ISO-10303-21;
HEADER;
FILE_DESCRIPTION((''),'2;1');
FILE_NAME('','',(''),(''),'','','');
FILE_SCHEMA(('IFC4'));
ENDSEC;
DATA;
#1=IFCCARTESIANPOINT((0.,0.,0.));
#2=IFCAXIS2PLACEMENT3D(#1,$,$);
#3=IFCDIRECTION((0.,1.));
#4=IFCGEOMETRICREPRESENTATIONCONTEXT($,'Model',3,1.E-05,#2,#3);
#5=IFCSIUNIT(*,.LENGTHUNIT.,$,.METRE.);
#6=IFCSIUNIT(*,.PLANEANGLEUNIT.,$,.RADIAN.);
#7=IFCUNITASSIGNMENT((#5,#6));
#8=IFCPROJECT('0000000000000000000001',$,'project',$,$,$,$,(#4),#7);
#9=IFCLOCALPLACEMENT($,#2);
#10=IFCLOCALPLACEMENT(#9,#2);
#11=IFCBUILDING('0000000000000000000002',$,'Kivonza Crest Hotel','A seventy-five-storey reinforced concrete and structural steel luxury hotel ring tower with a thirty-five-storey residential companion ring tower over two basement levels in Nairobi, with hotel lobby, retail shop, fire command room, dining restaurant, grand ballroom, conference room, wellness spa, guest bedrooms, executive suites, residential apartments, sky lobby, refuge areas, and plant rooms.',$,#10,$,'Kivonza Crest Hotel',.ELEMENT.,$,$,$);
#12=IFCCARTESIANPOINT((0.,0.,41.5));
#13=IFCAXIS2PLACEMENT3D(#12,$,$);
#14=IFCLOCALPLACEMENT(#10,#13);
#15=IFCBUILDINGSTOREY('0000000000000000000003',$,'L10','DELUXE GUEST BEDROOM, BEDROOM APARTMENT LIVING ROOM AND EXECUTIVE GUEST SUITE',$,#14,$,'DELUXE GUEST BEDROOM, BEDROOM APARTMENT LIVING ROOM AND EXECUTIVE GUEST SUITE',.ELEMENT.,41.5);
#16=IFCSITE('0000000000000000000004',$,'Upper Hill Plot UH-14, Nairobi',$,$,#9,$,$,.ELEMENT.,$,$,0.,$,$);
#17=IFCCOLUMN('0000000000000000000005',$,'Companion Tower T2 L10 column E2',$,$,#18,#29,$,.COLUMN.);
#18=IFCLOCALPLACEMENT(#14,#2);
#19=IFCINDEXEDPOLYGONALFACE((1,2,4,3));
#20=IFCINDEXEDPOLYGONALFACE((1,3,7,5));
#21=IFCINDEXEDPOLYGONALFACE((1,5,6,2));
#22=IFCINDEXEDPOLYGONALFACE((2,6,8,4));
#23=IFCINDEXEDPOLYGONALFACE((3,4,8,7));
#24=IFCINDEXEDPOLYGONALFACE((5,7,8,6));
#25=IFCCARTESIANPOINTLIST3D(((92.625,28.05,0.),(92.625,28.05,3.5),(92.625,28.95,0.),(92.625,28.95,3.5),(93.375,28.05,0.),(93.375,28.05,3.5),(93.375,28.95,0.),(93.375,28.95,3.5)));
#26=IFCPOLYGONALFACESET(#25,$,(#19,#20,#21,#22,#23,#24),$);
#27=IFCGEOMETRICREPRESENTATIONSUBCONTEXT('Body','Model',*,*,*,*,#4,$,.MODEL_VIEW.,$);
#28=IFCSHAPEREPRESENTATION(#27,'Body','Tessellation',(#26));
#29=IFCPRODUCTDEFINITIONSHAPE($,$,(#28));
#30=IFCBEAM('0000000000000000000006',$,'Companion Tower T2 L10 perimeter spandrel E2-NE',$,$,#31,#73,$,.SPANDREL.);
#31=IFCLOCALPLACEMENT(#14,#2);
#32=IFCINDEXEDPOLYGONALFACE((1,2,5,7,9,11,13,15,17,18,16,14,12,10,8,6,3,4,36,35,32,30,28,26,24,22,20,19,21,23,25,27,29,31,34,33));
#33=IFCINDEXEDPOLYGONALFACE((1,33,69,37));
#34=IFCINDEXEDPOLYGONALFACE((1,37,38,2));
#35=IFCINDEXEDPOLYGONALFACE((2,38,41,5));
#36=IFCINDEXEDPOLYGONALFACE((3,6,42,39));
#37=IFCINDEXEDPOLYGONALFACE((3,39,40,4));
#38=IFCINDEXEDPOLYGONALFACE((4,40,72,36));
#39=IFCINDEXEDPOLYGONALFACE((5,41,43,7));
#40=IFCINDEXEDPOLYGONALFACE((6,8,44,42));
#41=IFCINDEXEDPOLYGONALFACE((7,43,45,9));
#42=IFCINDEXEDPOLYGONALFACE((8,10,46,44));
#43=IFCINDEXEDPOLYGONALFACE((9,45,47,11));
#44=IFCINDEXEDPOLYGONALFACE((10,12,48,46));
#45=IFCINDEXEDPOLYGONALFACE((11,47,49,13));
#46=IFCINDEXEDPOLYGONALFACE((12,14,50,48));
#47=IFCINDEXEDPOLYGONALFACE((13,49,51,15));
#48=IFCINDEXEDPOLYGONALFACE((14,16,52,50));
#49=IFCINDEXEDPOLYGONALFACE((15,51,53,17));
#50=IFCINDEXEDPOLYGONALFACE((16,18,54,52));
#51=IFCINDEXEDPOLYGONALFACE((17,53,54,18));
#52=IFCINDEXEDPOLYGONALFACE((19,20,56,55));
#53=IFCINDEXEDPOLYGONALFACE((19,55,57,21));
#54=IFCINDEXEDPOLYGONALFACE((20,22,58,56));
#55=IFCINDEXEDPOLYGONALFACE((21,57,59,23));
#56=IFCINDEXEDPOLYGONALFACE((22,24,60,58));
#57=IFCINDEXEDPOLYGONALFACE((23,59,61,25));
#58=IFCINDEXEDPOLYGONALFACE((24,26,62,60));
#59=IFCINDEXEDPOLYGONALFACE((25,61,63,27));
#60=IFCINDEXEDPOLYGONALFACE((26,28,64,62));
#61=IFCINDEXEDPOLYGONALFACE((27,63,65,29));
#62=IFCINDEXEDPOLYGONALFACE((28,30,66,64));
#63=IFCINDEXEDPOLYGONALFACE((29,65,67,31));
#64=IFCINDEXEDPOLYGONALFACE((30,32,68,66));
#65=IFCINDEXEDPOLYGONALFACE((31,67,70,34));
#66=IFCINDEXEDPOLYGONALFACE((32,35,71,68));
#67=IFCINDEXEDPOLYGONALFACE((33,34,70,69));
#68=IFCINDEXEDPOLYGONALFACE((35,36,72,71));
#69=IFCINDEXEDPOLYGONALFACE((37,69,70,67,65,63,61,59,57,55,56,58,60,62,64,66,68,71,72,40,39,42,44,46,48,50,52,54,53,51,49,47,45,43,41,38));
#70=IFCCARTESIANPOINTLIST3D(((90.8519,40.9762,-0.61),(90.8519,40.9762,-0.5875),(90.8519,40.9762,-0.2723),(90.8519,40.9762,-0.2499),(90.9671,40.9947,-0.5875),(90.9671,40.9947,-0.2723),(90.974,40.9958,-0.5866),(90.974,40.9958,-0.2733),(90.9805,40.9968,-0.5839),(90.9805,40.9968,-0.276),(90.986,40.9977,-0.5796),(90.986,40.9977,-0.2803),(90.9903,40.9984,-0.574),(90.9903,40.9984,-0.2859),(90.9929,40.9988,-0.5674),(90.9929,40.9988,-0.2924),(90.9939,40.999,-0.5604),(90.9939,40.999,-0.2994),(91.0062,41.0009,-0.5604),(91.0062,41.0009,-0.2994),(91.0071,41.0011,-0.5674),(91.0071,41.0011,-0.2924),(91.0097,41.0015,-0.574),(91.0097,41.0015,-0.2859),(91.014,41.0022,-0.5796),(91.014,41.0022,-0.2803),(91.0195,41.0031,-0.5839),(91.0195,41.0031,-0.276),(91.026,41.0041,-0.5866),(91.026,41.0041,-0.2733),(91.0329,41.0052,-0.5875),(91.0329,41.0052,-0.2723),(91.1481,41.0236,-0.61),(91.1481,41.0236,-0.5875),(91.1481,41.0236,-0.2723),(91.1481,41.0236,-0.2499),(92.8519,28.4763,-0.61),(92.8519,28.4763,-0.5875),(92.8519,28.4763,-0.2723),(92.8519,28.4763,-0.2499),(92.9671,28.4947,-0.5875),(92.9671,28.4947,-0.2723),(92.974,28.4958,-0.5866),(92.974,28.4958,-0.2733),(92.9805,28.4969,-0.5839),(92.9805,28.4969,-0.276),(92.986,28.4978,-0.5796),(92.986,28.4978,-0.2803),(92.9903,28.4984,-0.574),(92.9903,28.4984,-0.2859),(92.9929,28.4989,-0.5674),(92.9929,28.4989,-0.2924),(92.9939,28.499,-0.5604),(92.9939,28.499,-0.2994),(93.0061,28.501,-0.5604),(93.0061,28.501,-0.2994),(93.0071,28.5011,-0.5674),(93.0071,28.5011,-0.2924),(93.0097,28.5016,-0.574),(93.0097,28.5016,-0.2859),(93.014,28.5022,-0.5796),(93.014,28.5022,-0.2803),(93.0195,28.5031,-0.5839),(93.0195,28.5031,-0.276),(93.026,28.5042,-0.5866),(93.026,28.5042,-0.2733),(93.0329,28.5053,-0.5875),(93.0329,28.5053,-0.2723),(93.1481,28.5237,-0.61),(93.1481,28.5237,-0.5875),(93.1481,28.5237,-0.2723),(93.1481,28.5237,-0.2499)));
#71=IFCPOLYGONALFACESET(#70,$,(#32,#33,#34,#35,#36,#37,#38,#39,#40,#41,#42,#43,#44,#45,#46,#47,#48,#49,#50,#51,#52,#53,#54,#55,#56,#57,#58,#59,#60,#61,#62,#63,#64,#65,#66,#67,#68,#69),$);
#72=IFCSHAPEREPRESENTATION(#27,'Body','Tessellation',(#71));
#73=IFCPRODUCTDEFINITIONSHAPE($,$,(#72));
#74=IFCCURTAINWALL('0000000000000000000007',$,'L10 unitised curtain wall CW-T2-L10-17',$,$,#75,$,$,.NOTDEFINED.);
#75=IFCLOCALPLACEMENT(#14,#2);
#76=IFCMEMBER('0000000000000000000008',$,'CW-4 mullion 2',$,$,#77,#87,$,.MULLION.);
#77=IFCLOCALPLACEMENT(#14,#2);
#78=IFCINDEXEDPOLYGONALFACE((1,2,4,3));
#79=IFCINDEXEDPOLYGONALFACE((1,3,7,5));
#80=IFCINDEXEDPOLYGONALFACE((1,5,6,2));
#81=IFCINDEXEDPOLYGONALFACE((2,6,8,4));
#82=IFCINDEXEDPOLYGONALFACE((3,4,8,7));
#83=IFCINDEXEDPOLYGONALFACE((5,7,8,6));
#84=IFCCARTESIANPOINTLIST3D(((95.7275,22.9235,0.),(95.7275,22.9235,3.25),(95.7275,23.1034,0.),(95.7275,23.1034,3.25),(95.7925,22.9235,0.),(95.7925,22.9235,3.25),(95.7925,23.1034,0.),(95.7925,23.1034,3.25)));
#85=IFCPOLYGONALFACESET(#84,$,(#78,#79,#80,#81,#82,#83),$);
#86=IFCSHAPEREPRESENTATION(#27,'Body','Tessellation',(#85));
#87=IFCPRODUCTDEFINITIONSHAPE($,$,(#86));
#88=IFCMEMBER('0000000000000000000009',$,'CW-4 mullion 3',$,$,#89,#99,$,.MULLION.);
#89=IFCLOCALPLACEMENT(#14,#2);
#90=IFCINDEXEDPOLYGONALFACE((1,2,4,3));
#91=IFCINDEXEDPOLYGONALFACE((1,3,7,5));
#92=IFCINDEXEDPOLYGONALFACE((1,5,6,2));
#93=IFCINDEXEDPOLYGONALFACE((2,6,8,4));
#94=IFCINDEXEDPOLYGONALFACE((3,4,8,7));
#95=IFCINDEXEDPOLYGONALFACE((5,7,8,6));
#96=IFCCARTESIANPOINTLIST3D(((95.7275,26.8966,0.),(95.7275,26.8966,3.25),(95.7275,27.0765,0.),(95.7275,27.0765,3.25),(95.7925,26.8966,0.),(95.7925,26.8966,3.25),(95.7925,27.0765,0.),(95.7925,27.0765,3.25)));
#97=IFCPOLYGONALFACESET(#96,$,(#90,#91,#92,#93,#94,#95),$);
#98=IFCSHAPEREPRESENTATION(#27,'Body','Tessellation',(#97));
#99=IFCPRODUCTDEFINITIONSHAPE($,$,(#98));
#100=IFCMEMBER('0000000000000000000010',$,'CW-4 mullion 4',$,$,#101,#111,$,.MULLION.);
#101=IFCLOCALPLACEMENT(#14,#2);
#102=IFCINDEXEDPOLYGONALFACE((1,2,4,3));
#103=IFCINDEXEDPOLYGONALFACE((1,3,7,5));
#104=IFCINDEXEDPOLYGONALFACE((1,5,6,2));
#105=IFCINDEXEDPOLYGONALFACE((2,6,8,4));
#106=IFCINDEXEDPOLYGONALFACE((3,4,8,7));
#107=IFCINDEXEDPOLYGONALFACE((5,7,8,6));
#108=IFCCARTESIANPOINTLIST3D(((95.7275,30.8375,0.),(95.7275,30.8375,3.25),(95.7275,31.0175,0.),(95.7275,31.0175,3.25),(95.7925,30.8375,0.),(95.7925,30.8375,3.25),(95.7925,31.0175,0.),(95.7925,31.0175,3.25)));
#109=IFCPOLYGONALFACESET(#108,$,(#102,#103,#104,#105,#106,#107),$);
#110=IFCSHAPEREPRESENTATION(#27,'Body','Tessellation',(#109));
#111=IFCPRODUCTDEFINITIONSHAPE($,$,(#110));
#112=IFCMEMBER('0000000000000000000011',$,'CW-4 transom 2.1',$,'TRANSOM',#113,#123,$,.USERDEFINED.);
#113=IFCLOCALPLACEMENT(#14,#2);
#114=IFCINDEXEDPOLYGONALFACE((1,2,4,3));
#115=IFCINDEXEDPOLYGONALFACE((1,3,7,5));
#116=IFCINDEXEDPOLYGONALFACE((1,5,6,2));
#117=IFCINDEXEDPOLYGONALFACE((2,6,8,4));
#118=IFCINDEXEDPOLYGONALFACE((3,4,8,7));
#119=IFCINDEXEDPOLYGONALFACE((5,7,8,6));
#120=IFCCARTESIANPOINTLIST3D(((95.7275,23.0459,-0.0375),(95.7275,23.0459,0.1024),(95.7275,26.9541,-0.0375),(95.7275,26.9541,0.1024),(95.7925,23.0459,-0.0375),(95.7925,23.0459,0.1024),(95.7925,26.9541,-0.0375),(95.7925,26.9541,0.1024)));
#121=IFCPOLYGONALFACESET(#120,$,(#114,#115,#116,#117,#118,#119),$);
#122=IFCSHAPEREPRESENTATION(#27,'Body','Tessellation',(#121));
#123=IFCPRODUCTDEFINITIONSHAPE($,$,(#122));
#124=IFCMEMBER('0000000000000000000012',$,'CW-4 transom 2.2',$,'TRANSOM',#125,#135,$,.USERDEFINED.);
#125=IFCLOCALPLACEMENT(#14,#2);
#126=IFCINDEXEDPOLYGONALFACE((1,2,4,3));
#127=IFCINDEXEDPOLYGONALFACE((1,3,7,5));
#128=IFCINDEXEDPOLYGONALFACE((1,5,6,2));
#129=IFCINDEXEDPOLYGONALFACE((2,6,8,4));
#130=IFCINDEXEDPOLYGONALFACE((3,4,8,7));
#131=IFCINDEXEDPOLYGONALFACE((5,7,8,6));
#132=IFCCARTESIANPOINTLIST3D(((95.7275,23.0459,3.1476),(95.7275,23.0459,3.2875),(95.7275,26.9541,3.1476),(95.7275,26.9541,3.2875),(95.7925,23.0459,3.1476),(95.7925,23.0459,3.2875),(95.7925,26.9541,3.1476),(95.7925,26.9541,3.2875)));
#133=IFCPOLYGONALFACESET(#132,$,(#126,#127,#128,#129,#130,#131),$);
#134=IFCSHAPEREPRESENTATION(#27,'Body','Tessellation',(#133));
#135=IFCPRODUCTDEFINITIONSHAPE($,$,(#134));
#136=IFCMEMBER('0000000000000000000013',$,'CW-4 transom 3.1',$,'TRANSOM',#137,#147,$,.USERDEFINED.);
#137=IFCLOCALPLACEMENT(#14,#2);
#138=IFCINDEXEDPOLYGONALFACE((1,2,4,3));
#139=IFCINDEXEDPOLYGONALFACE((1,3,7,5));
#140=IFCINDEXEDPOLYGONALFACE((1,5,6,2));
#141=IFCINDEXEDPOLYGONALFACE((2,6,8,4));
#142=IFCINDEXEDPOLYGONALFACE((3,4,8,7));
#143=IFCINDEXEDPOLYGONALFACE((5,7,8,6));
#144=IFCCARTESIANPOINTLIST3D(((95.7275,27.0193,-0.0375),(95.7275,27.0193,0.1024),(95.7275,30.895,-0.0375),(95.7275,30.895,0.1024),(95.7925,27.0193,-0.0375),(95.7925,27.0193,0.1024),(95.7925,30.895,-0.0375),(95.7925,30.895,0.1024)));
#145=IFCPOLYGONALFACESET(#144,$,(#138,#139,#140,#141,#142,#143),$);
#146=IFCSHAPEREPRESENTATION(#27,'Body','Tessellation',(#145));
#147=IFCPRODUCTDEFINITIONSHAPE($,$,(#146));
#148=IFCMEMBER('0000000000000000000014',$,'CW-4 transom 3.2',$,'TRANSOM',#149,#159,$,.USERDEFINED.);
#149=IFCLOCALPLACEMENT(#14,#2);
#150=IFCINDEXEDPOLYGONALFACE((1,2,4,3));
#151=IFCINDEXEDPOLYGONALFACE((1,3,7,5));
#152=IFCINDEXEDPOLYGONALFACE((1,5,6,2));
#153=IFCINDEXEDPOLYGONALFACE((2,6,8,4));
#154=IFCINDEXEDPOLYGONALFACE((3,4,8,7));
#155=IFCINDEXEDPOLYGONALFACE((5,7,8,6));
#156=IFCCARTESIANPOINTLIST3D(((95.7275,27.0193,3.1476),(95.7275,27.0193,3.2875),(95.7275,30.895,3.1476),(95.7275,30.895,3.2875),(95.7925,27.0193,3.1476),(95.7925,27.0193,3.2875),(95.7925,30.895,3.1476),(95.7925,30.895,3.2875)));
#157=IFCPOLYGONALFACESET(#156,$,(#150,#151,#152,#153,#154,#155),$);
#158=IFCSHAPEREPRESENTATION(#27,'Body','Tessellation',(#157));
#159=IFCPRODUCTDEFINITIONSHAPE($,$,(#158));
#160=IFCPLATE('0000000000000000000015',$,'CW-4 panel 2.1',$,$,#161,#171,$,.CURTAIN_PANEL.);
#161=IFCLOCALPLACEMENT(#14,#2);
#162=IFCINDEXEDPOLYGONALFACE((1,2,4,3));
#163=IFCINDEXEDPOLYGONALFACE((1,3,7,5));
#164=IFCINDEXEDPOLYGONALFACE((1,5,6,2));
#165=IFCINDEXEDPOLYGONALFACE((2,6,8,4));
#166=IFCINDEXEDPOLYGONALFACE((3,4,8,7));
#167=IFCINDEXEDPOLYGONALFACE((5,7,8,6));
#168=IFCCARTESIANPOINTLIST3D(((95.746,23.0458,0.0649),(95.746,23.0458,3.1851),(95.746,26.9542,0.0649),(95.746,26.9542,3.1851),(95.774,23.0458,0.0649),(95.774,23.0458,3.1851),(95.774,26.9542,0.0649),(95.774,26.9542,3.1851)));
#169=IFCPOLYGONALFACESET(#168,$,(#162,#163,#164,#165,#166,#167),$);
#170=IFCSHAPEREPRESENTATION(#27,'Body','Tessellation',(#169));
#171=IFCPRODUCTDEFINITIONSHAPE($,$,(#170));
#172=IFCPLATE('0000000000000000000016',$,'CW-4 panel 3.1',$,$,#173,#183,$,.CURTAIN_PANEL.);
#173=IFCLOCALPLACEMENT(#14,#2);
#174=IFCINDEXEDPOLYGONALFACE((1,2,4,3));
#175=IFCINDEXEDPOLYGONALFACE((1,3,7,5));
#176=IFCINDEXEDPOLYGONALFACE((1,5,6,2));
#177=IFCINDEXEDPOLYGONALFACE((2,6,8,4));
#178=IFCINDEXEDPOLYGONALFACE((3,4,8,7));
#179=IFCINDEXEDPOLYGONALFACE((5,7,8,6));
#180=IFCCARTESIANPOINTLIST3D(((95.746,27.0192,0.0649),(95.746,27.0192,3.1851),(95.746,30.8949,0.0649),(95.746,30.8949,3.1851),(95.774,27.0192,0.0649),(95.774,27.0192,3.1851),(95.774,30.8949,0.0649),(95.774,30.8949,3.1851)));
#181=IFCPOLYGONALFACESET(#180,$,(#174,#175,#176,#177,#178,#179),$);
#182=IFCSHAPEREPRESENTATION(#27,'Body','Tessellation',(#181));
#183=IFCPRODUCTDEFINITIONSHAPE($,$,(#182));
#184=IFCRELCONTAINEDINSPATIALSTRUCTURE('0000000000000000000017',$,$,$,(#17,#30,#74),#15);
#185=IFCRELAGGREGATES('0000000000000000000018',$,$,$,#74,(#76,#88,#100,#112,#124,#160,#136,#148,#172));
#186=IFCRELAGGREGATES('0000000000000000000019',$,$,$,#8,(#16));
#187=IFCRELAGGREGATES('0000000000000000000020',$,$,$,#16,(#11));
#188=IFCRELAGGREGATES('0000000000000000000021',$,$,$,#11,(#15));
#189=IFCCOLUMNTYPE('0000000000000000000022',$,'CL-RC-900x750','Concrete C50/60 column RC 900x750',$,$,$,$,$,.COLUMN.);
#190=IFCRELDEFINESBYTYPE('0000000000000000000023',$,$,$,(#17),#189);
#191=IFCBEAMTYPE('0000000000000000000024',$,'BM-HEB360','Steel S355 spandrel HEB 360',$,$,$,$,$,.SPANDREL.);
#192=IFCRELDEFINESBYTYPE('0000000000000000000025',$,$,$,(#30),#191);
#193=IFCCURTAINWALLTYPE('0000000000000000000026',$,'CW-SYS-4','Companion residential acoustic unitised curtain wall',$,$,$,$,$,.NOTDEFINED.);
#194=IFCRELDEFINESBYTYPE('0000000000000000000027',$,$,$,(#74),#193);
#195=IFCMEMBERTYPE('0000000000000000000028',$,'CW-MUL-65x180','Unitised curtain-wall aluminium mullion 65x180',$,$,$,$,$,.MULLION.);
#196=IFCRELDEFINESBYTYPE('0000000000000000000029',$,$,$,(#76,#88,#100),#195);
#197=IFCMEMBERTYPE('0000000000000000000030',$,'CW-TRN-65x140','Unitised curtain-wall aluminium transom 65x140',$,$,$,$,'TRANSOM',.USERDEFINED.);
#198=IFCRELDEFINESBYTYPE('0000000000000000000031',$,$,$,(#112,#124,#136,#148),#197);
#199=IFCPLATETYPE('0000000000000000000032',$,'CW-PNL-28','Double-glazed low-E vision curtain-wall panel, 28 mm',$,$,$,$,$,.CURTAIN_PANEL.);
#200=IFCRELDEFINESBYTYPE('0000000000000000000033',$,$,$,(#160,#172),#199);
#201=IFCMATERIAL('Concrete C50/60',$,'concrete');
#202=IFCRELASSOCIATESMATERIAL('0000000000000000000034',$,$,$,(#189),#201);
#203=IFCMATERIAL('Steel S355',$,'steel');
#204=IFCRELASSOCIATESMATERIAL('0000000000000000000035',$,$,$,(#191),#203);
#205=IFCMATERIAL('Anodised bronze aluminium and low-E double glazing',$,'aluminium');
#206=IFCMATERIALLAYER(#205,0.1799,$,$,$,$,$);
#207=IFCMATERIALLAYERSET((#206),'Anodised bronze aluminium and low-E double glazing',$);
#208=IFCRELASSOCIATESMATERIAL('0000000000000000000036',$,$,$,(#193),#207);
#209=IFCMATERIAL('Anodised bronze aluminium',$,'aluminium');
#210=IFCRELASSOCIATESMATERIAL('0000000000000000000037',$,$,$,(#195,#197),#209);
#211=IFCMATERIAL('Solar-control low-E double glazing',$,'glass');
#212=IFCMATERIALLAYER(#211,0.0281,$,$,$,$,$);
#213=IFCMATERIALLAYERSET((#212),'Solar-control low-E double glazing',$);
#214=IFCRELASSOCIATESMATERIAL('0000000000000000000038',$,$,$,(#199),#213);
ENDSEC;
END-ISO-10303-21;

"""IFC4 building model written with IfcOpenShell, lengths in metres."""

from ifc_helpers import new_model, si_unit, direction, frame, origin, origin_2d, place, context, subcontext, project, spatial, rectangle, i_section, extrude, material, layer, layer_set, material_profile, profile_set, type_object, element, aggregate, save


model = new_model("IFC4")

# Units and contexts
model_context = context("Model", 3, precision=1e-05, world=origin(), true_north=direction((0.0, 1.0)))
body_context = subcontext(model_context, "Body", "Model", "MODEL_VIEW")
ifc_project = project(units=[si_unit("LENGTHUNIT", "METRE"), si_unit("PLANEANGLEUNIT", "RADIAN")], contexts=[model_context])

# Site, building, storey
site_placement = place(None, origin())
site = spatial("IfcSite", under=ifc_project, at=site_placement, Name="Upper Hill Plot UH-14, Nairobi", CompositionType="ELEMENT", RefElevation=0.0)
building_placement = place(site_placement, origin())
building = spatial("IfcBuilding", under=site, at=building_placement, Name="Kivonza Crest Hotel", Description="A seventy-five-storey reinforced concrete and structural steel luxury hotel ring tower with a thirty-five-storey residential companion ring tower over two basement levels in Nairobi, with hotel lobby, retail shop, fire command room, dining restaurant, grand ballroom, conference room, wellness spa, guest bedrooms, executive suites, residential apartments, sky lobby, refuge areas, and plant rooms.", LongName="Kivonza Crest Hotel", CompositionType="ELEMENT")
storey_placement = place(building_placement, frame((0.0, 0.0, 41.5)))
storey = spatial("IfcBuildingStorey", under=building, at=storey_placement, Name="L10", Description="DELUXE GUEST BEDROOM, BEDROOM APARTMENT LIVING ROOM AND EXECUTIVE GUEST SUITE", LongName="DELUXE GUEST BEDROOM, BEDROOM APARTMENT LIVING ROOM AND EXECUTIVE GUEST SUITE", CompositionType="ELEMENT", Elevation=41.5)

# Column
ifc_material_1 = material(Name="Concrete C50/60", Category="concrete")
ifc_material_profile_1 = material_profile(ifc_material_1, rectangle(XDim=0.75, YDim=0.8999, at=origin_2d()), Name="RC 900x750")
ifc_profile_set_1 = profile_set([ifc_material_profile_1], Name="Concrete C50/60")
column_type = type_object("IfcColumnType", Name="CL-RC-900x750", Description="Concrete C50/60 column RC 900x750", PredefinedType="COLUMN", material=ifc_profile_set_1)
column_placement = place(storey_placement, frame((93.0, 28.5, 0.0), z_axis=(0.0, 0.0, 1.0), x_axis=(1.0, 0.0, 0.0)))
element("IfcColumn", 1, at=column_placement, inside=storey, type_object=column_type, Name="Companion Tower T2 L10 column E2", PredefinedType="COLUMN", context=body_context, shape_type="SweptSolid", body=[
    extrude(rectangle(XDim=0.75, YDim=0.8999, at=origin_2d()), origin(), (0.0, 0.0, 1.0), 3.5),
])

# Beam
ifc_material_2 = material(Name="Steel S355", Category="steel")
ifc_material_profile_2 = material_profile(ifc_material_2, i_section(OverallWidth=0.3, OverallDepth=0.3601, WebThickness=0.0125, FlangeThickness=0.0225, FilletRadius=0.0271, at=origin_2d()), Name="HEB 360")
ifc_profile_set_2 = profile_set([ifc_material_profile_2], Name="Steel S355")
beam_type = type_object("IfcBeamType", Name="BM-HEB360", Description="Steel S355 spandrel HEB 360", PredefinedType="SPANDREL", material=ifc_profile_set_2)
beam_placement = place(storey_placement, frame((93.0, 28.5, -0.4299), z_axis=(-0.157991, 0.987441, 0.0), x_axis=(-0.987441, -0.157991, 0.0)))
element("IfcBeam", 2, at=beam_placement, inside=storey, type_object=beam_type, Name="Companion Tower T2 L10 perimeter spandrel E2-NE", PredefinedType="SPANDREL", context=body_context, shape_type="SweptSolid", body=[
    extrude(i_section(OverallWidth=0.3, OverallDepth=0.3601, WebThickness=0.0125, FlangeThickness=0.0225, FilletRadius=0.0271, at=origin_2d()), origin(), (0.0, 0.0, 1.0), 12.6589),
])

# Curtain wall, members, plates
ifc_material_3 = material(Name="Anodised bronze aluminium and low-E double glazing", Category="aluminium")
ifc_layer_1 = layer(ifc_material_3, 0.1799)
ifc_layer_set_1 = layer_set([ifc_layer_1], Name="Anodised bronze aluminium and low-E double glazing")
curtain_wall_type = type_object("IfcCurtainWallType", Name="CW-SYS-4", Description="Companion residential acoustic unitised curtain wall", PredefinedType="NOTDEFINED", material=ifc_layer_set_1)
curtain_wall_placement = place(storey_placement, origin())
curtain_wall = element("IfcCurtainWall", 3, at=curtain_wall_placement, inside=storey, type_object=curtain_wall_type, Name="L10 unitised curtain wall CW-T2-L10-17", PredefinedType="NOTDEFINED")
ifc_material_4 = material(Name="Anodised bronze aluminium", Category="aluminium")
ifc_material_profile_3 = material_profile(ifc_material_4, rectangle(XDim=0.0649, YDim=0.1799, at=origin_2d()), Name="CW-M 65x180")
ifc_profile_set_3 = profile_set([ifc_material_profile_3], Name="Anodised bronze aluminium")
member_type_1 = type_object("IfcMemberType", Name="CW-MUL-65x180", Description="Unitised curtain-wall aluminium mullion 65x180", PredefinedType="MULLION", material=ifc_profile_set_3)
member_1_placement = place(storey_placement, frame((95.76, 23.0134, 0.0), z_axis=(0.0, 0.0, 1.0), x_axis=(-1.0, 0.0, 0.0)))
member_1 = element("IfcMember", 4, at=member_1_placement, type_object=member_type_1, Name="CW-4 mullion 2", PredefinedType="MULLION", context=body_context, shape_type="SweptSolid", body=[
    extrude(rectangle(XDim=0.0649, YDim=0.1799, at=origin_2d()), origin(), (0.0, 0.0, 1.0), 3.25),
])
member_2_placement = place(storey_placement, frame((95.76, 26.9866, 0.0), z_axis=(0.0, 0.0, 1.0), x_axis=(-1.0, 0.0, 0.0)))
member_2 = element("IfcMember", 5, at=member_2_placement, type_object=member_type_1, Name="CW-4 mullion 3", PredefinedType="MULLION", context=body_context, shape_type="SweptSolid", body=[
    extrude(rectangle(XDim=0.0649, YDim=0.1799, at=origin_2d()), origin(), (0.0, 0.0, 1.0), 3.25),
])
member_3_placement = place(storey_placement, frame((95.76, 30.9275, 0.0), z_axis=(0.0, 0.0, 1.0), x_axis=(-1.0, 0.0, 0.0)))
member_3 = element("IfcMember", 6, at=member_3_placement, type_object=member_type_1, Name="CW-4 mullion 4", PredefinedType="MULLION", context=body_context, shape_type="SweptSolid", body=[
    extrude(rectangle(XDim=0.0649, YDim=0.1799, at=origin_2d()), origin(), (0.0, 0.0, 1.0), 3.25),
])
ifc_material_profile_4 = material_profile(ifc_material_4, rectangle(XDim=0.0649, YDim=0.1399, at=origin_2d()), Name="CW-T 65x140")
ifc_profile_set_4 = profile_set([ifc_material_profile_4], Name="Anodised bronze aluminium")
member_type_2 = type_object("IfcMemberType", Name="CW-TRN-65x140", Description="Unitised curtain-wall aluminium transom 65x140", ElementType="TRANSOM", PredefinedType="USERDEFINED", material=ifc_profile_set_4)
member_4_placement = place(storey_placement, frame((95.76, 23.0459, 0.0325), z_axis=(0.0, 1.0, 0.0), x_axis=(-1.0, 0.0, 0.0)))
member_4 = element("IfcMember", 7, at=member_4_placement, type_object=member_type_2, Name="CW-4 transom 2.1", ObjectType="TRANSOM", PredefinedType="USERDEFINED", context=body_context, shape_type="SweptSolid", body=[
    extrude(rectangle(XDim=0.0649, YDim=0.1399, at=origin_2d()), origin(), (0.0, 0.0, 1.0), 3.9082),
])
member_5_placement = place(storey_placement, frame((95.76, 23.0459, 3.2175), z_axis=(0.0, 1.0, 0.0), x_axis=(-1.0, 0.0, 0.0)))
member_5 = element("IfcMember", 8, at=member_5_placement, type_object=member_type_2, Name="CW-4 transom 2.2", ObjectType="TRANSOM", PredefinedType="USERDEFINED", context=body_context, shape_type="SweptSolid", body=[
    extrude(rectangle(XDim=0.0649, YDim=0.1399, at=origin_2d()), origin(), (0.0, 0.0, 1.0), 3.9082),
])
member_6_placement = place(storey_placement, frame((95.76, 27.0193, 0.0325), z_axis=(0.0, 1.0, 0.0), x_axis=(-1.0, 0.0, 0.0)))
member_6 = element("IfcMember", 9, at=member_6_placement, type_object=member_type_2, Name="CW-4 transom 3.1", ObjectType="TRANSOM", PredefinedType="USERDEFINED", context=body_context, shape_type="SweptSolid", body=[
    extrude(rectangle(XDim=0.0649, YDim=0.1399, at=origin_2d()), origin(), (0.0, 0.0, 1.0), 3.8757),
])
member_7_placement = place(storey_placement, frame((95.76, 27.0193, 3.2175), z_axis=(0.0, 1.0, 0.0), x_axis=(-1.0, 0.0, 0.0)))
member_7 = element("IfcMember", 10, at=member_7_placement, type_object=member_type_2, Name="CW-4 transom 3.2", ObjectType="TRANSOM", PredefinedType="USERDEFINED", context=body_context, shape_type="SweptSolid", body=[
    extrude(rectangle(XDim=0.0649, YDim=0.1399, at=origin_2d()), origin(), (0.0, 0.0, 1.0), 3.8757),
])
ifc_material_5 = material(Name="Solar-control low-E double glazing", Category="glass")
ifc_layer_2 = layer(ifc_material_5, 0.0281)
ifc_layer_set_2 = layer_set([ifc_layer_2], Name="Solar-control low-E double glazing")
plate_type = type_object("IfcPlateType", Name="CW-PNL-28", Description="Double-glazed low-E vision curtain-wall panel, 28 mm", PredefinedType="CURTAIN_PANEL", material=ifc_layer_set_2)
plate_1_placement = place(storey_placement, frame((95.76, 25.0, 0.0649), z_axis=(0.0, 0.0, 1.0), x_axis=(0.0, 1.0, 0.0)))
plate_1 = element("IfcPlate", 11, at=plate_1_placement, type_object=plate_type, Name="CW-4 panel 2.1", PredefinedType="CURTAIN_PANEL", context=body_context, shape_type="SweptSolid", body=[
    extrude(rectangle(XDim=3.9084, YDim=0.0281, at=origin_2d()), origin(), (0.0, 0.0, 1.0), 3.1201),
])
plate_2_placement = place(storey_placement, frame((95.76, 28.957, 0.0649), z_axis=(0.0, 0.0, 1.0), x_axis=(0.0, 1.0, 0.0)))
plate_2 = element("IfcPlate", 12, at=plate_2_placement, type_object=plate_type, Name="CW-4 panel 3.1", PredefinedType="CURTAIN_PANEL", context=body_context, shape_type="SweptSolid", body=[
    extrude(rectangle(XDim=3.8757, YDim=0.0281, at=origin_2d()), origin(), (0.0, 0.0, 1.0), 3.1201),
])
aggregate(curtain_wall, [member_1, member_2, member_3, member_4, member_5, plate_1, member_6, member_7, plate_2])

save(model, "model.ifc")
